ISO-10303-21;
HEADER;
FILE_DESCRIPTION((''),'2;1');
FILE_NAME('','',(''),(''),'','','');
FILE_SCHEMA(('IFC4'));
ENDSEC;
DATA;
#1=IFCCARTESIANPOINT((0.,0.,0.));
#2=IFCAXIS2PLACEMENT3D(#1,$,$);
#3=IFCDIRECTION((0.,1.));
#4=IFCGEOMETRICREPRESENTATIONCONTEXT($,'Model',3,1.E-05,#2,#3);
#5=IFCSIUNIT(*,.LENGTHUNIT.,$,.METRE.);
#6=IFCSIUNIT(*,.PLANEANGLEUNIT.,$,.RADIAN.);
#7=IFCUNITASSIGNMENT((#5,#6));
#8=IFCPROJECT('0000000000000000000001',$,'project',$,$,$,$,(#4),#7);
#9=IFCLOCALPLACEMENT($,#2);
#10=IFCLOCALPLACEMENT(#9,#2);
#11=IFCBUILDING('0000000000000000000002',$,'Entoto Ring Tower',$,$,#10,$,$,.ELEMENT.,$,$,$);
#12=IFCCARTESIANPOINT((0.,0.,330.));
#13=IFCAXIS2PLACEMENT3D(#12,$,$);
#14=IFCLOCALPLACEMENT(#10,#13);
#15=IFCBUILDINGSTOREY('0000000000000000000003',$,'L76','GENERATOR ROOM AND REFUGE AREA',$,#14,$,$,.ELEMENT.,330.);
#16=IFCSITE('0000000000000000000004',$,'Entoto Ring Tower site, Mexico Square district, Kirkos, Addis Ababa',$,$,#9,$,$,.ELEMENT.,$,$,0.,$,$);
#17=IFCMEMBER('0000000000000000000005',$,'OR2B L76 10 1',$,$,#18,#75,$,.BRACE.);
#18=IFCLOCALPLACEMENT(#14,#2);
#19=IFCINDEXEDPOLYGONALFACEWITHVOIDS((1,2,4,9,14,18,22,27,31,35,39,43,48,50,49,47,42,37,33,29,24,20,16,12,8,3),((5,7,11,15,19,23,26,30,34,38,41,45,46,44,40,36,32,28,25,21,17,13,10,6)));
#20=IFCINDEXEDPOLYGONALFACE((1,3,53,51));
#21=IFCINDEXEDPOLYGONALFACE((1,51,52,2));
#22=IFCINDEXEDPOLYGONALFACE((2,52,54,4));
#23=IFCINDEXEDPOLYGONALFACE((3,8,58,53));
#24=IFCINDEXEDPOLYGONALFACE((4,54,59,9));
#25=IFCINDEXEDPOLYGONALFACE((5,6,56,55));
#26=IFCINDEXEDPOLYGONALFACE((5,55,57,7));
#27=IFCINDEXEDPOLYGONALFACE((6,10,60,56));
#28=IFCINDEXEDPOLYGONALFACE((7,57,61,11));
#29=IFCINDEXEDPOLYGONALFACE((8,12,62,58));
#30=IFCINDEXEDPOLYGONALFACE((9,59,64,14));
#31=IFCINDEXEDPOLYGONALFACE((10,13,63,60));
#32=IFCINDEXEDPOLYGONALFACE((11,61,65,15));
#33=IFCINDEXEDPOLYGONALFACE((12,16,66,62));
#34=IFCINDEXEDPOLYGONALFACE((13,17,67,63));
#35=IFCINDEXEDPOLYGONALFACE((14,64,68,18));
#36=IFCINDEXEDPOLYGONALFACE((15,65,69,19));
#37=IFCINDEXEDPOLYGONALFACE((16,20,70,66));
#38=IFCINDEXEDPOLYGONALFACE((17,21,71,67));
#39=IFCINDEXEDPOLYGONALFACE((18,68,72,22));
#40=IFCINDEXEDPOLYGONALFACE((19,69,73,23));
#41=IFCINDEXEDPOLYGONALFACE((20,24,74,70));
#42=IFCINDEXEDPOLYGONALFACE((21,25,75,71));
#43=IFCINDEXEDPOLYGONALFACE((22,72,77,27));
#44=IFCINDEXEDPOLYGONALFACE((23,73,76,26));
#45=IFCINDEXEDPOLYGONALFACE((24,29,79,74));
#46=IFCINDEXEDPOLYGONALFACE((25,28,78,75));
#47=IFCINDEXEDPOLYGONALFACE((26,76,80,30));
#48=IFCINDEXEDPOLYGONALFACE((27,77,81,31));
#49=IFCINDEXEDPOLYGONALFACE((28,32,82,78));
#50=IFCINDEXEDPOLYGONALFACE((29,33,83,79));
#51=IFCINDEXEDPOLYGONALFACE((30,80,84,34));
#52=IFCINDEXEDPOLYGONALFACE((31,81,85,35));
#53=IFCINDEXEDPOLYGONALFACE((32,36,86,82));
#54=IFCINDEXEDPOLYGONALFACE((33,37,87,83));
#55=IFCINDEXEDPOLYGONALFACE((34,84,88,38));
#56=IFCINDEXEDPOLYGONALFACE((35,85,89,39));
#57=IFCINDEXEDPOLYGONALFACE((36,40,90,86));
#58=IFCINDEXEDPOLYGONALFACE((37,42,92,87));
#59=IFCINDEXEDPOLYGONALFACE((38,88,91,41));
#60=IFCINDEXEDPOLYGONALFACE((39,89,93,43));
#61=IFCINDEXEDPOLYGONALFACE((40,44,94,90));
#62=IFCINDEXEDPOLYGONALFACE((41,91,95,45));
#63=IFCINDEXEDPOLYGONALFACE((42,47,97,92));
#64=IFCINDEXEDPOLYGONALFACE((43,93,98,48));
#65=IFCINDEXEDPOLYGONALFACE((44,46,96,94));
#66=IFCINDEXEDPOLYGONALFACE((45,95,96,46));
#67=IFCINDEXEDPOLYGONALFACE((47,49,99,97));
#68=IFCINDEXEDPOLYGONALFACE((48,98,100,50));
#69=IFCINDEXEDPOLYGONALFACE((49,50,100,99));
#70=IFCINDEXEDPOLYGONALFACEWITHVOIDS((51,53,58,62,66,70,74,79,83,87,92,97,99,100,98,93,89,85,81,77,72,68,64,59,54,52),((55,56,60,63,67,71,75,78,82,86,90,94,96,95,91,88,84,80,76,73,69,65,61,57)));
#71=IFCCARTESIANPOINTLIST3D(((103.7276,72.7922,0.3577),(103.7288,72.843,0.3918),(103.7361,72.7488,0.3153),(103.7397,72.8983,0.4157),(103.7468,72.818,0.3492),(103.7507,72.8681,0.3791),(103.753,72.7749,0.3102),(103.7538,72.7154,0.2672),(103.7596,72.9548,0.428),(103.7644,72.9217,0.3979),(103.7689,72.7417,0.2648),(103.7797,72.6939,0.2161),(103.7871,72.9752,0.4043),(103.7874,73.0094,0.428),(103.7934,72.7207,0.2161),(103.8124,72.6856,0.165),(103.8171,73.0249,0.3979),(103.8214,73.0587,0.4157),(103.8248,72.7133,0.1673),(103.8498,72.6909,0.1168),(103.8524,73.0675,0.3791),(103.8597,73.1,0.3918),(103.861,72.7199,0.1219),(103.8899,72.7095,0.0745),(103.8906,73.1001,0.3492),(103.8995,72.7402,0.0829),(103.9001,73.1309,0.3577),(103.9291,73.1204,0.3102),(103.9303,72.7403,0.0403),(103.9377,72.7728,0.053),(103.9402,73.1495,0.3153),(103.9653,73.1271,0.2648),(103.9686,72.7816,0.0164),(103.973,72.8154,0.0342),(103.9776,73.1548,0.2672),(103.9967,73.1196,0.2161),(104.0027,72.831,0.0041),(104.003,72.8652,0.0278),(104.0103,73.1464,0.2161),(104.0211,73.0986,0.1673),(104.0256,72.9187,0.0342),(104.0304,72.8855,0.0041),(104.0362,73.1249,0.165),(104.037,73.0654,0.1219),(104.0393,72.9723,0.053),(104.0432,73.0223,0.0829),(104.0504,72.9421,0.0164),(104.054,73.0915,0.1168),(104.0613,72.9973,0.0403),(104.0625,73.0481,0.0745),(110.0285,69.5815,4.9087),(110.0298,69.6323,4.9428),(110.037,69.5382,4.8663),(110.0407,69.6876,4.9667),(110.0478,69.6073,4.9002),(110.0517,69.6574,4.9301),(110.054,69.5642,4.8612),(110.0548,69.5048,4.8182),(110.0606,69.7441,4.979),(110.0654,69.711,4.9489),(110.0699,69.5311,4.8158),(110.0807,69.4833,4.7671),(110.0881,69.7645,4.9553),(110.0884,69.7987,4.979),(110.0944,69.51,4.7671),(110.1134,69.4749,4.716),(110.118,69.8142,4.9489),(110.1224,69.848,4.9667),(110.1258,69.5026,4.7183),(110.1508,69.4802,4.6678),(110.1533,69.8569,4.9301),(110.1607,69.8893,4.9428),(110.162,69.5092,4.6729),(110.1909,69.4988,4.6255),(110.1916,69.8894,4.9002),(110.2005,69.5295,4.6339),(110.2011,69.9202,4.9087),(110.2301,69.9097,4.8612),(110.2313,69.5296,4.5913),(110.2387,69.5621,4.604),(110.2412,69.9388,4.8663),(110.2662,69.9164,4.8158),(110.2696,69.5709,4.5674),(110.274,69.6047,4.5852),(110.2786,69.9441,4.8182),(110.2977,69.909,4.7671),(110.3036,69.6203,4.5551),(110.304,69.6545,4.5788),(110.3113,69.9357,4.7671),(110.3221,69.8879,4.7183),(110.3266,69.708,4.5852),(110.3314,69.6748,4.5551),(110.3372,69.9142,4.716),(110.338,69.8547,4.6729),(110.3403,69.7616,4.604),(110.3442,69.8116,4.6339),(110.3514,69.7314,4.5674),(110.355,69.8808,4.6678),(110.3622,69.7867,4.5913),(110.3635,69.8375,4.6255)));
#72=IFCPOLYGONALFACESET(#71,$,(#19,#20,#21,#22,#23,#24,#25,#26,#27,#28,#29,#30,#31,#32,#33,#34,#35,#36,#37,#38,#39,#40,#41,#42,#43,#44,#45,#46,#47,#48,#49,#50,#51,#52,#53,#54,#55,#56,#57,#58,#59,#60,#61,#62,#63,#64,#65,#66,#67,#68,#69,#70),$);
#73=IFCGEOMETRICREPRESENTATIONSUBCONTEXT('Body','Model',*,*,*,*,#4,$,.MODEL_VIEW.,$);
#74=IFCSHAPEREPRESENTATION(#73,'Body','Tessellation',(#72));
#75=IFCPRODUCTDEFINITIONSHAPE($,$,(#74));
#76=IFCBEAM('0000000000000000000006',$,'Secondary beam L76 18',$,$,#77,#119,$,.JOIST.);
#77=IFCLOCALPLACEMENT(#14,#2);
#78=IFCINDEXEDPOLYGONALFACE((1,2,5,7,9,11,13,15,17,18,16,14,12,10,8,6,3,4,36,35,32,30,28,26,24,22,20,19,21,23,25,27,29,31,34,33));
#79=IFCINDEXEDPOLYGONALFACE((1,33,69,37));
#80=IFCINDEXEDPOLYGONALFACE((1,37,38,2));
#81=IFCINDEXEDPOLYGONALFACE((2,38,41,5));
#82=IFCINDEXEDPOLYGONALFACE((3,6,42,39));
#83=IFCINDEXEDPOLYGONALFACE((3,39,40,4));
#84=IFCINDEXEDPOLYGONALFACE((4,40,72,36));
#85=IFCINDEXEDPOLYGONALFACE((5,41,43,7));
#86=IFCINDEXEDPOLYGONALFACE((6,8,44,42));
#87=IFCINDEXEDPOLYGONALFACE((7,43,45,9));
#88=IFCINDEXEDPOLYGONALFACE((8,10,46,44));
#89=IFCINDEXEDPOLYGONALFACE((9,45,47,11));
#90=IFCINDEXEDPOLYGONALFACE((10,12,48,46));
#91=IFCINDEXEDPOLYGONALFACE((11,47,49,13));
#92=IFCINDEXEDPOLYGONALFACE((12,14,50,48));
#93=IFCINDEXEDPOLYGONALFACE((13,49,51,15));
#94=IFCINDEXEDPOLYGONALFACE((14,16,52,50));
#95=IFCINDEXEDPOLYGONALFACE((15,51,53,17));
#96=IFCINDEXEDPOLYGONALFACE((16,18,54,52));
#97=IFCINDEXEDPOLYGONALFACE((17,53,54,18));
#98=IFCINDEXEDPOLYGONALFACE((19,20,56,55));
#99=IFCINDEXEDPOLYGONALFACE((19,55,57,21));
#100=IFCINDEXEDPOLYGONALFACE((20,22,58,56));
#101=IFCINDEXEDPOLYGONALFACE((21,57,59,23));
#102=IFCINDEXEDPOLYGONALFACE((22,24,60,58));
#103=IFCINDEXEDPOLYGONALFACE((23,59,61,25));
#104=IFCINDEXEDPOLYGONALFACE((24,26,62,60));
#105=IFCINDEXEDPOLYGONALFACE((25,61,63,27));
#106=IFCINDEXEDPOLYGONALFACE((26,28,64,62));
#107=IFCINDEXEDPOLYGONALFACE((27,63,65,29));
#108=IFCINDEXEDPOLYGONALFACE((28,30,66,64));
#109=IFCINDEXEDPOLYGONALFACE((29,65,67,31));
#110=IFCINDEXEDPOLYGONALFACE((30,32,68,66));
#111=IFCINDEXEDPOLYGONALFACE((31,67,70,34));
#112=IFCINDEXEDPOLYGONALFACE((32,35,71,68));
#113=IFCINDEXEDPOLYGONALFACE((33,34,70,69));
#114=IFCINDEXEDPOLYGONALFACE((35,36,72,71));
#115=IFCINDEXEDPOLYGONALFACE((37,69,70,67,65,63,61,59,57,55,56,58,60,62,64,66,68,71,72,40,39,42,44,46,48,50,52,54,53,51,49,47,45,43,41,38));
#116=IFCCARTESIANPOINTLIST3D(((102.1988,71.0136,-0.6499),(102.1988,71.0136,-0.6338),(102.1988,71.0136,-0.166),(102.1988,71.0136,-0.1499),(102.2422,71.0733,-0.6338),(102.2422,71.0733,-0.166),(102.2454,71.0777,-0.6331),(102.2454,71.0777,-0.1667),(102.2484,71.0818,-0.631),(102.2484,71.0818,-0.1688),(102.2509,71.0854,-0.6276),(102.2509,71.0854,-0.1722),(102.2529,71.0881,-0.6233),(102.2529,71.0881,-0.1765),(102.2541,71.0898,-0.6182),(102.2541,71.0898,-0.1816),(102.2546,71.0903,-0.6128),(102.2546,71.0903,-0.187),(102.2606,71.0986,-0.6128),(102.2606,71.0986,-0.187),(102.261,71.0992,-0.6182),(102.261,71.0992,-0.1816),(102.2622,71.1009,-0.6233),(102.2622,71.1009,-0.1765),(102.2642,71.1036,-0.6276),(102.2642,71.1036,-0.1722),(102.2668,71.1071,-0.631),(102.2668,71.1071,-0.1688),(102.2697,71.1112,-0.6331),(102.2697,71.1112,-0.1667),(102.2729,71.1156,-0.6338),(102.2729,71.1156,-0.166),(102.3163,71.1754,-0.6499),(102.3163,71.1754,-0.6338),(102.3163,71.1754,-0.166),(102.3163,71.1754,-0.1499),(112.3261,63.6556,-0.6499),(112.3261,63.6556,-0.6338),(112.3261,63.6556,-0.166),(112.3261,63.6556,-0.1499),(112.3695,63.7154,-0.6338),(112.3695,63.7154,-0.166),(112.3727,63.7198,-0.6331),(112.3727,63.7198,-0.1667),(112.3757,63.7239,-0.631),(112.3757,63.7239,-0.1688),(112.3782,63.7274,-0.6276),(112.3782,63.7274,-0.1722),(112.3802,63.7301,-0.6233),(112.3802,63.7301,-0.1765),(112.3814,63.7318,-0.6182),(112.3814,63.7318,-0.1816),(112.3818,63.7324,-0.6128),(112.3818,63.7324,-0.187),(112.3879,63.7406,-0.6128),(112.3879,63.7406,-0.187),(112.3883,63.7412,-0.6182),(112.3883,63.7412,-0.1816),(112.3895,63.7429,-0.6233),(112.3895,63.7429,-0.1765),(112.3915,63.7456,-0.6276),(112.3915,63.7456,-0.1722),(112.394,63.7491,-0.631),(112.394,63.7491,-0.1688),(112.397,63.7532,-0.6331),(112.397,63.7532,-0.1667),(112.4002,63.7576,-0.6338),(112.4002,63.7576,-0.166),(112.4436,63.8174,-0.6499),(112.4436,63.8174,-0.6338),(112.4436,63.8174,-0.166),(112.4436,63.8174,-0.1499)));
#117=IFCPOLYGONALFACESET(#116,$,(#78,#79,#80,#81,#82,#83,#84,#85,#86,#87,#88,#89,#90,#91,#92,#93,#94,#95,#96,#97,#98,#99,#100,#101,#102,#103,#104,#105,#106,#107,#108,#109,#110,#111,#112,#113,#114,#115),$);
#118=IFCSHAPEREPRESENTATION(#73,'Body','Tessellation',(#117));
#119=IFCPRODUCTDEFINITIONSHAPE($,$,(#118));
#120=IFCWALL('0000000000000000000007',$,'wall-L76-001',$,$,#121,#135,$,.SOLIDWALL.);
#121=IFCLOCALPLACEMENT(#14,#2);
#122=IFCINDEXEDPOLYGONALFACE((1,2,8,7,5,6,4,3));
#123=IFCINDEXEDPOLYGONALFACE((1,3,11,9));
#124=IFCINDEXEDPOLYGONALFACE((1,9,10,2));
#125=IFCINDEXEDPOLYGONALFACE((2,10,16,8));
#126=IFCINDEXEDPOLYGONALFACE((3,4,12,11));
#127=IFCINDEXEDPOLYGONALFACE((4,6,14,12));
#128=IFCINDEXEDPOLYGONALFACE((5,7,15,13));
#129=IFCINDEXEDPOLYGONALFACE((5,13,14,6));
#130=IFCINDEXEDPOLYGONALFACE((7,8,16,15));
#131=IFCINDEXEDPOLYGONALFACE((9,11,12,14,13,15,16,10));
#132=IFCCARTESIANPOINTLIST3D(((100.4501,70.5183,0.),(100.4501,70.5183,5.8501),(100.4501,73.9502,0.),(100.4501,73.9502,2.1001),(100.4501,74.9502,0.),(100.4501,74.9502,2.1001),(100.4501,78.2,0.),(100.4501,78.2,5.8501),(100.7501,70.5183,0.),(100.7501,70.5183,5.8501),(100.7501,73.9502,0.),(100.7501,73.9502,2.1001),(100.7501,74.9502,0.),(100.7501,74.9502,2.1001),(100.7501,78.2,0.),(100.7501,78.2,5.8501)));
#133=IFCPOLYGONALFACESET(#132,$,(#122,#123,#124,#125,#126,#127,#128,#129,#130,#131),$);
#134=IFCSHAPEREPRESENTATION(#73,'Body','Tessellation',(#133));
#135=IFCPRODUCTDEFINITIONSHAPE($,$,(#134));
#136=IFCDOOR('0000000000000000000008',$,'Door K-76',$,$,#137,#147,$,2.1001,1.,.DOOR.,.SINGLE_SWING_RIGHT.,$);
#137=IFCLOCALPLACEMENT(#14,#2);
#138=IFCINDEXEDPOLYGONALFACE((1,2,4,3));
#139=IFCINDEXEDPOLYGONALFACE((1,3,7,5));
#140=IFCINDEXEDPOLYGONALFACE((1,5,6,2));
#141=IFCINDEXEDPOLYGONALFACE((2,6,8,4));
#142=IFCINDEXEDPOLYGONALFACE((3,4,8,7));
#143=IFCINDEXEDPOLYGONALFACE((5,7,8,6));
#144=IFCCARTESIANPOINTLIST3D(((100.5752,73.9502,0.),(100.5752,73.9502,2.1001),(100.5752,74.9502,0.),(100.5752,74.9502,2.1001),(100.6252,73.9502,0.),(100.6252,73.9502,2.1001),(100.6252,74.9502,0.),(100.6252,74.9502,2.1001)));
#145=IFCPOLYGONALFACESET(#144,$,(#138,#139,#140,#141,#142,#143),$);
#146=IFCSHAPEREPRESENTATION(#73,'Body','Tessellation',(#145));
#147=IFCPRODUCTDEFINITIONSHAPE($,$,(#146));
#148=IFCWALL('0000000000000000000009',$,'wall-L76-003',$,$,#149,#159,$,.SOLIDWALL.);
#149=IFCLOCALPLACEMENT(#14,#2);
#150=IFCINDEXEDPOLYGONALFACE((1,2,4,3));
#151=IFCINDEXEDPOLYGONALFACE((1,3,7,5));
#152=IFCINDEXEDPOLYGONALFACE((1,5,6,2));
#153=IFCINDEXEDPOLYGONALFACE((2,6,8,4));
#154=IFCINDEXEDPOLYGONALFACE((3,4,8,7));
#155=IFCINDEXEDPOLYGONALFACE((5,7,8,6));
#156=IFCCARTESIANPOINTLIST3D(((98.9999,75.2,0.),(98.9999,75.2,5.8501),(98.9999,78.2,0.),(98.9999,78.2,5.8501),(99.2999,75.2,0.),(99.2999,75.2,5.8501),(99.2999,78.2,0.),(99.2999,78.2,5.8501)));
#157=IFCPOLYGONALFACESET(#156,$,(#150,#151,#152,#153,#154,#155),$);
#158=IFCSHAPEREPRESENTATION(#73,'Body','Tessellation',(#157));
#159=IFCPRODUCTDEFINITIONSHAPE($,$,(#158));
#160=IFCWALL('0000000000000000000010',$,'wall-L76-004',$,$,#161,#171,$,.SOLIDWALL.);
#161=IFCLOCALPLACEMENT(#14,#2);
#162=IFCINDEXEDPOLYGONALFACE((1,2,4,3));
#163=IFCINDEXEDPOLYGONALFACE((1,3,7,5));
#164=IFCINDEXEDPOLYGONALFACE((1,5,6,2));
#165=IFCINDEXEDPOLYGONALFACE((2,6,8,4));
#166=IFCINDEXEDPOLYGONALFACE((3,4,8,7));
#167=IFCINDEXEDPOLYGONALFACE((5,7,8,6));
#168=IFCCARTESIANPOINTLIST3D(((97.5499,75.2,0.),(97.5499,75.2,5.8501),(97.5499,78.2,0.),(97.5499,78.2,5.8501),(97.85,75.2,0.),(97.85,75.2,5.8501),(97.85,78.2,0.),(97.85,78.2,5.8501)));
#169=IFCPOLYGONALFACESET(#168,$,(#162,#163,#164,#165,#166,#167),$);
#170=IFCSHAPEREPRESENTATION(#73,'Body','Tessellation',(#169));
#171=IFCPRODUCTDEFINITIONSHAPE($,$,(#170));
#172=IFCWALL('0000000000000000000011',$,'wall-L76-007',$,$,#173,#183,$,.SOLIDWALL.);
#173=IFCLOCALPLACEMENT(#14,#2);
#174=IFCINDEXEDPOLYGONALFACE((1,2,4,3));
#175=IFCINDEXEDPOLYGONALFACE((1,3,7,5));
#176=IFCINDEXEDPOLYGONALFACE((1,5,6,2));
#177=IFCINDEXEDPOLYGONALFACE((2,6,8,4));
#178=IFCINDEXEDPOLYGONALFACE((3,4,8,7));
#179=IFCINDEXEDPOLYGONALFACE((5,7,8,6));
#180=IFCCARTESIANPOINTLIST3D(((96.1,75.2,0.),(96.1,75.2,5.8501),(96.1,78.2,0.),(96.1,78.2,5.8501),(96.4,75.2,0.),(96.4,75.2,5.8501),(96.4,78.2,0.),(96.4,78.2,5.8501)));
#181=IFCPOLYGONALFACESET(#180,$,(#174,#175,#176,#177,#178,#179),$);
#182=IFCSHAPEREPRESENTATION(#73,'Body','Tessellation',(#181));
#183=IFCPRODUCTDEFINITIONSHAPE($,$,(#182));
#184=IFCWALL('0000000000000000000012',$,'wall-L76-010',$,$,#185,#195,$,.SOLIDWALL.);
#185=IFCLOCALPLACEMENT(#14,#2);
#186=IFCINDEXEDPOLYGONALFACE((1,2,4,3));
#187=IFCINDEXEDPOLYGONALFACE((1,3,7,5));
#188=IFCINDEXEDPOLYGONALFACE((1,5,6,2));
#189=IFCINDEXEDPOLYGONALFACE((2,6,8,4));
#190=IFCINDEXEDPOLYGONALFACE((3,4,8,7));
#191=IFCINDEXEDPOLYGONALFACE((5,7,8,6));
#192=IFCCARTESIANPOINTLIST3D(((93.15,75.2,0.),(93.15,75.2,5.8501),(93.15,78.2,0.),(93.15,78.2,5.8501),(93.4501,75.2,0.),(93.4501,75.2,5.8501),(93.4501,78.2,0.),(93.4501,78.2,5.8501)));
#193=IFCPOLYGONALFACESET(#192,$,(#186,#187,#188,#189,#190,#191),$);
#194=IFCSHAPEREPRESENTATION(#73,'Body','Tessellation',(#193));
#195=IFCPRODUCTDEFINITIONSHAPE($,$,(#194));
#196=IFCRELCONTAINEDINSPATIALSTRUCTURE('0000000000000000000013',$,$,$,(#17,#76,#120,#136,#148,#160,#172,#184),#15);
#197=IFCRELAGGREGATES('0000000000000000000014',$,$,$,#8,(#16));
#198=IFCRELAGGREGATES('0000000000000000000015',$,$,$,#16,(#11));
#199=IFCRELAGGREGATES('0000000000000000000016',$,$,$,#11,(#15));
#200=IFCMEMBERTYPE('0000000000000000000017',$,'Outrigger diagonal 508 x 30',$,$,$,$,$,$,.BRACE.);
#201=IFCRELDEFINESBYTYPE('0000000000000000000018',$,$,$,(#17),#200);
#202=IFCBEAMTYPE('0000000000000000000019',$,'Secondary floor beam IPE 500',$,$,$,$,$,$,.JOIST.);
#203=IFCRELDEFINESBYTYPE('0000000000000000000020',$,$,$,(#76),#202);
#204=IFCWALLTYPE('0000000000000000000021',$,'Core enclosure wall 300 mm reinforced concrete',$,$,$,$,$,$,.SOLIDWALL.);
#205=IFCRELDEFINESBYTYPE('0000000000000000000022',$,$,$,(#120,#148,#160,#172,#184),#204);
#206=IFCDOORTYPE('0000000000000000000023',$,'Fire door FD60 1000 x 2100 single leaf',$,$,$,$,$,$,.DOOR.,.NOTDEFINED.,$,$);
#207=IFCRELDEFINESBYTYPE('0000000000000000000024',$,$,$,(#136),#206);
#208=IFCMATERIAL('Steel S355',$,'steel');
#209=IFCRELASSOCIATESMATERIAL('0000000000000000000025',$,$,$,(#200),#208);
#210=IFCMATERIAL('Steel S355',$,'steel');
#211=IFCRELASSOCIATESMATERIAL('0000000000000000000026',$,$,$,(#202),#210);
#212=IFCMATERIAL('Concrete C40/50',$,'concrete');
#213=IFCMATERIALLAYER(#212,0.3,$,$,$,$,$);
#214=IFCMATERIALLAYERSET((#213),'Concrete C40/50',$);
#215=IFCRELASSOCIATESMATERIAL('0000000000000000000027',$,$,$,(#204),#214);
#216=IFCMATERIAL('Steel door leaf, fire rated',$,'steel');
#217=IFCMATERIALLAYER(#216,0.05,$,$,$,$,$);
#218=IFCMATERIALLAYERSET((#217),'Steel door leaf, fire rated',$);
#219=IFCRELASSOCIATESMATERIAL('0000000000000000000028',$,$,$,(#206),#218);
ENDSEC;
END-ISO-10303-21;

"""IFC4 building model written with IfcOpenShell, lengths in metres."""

from ifc_helpers import new_model, si_unit, direction, frame, frame_2d, origin, origin_2d, place, context, subcontext, project, spatial, rectangle, circle, hollow_circle, i_section, extrude, material, layer, layer_set, material_profile, profile_set, type_object, element, fill, save


model = new_model("IFC4")

# Units and contexts
model_context = context("Model", 3, precision=1e-05, world=origin(), true_north=direction((0.0, 1.0)))
body_context = subcontext(model_context, "Body", "Model", "MODEL_VIEW")
ifc_project = project(units=[si_unit("LENGTHUNIT", "METRE"), si_unit("PLANEANGLEUNIT", "RADIAN")], contexts=[model_context])

# Site, building, storey
site_placement = place(None, origin())
site = spatial("IfcSite", under=ifc_project, at=site_placement, Name="Entoto Ring Tower site, Mexico Square district, Kirkos, Addis Ababa", CompositionType="ELEMENT", RefElevation=0.0)
building_placement = place(site_placement, origin())
building = spatial("IfcBuilding", under=site, at=building_placement, Name="Entoto Ring Tower", CompositionType="ELEMENT")
storey_placement = place(building_placement, frame((0.0, 0.0, 330.0)))
storey = spatial("IfcBuildingStorey", under=building, at=storey_placement, Name="L76", Description="GENERATOR ROOM AND REFUGE AREA", CompositionType="ELEMENT", Elevation=330.0)

# Member
ifc_material_1 = material(Name="Steel S355", Category="steel")
ifc_material_profile_1 = material_profile(ifc_material_1, hollow_circle(Radius=0.2539, WallThickness=0.03, at=origin_2d()), Name="CHS 508 x 30")
ifc_material_2 = material(Name="Concrete C60/75", Category="concrete")
ifc_material_profile_2 = material_profile(ifc_material_2, circle(Radius=0.2241, at=origin_2d()), Name="Concrete C60/75 infill")
ifc_profile_set_1 = profile_set([ifc_material_profile_1, ifc_material_profile_2], Name="Steel S355")
member_type = type_object("IfcMemberType", Name="Outrigger diagonal 508 x 30", PredefinedType="BRACE", material=ifc_profile_set_1)
member_placement = place(storey_placement, frame((103.895, 72.9202, 0.2161), z_axis=(0.749256, -0.381784, 0.541163), x_axis=(0.454009, 0.890997, 0.0)))
element("IfcMember", 1, at=member_placement, inside=storey, type_object=member_type, Name="OR2B L76 10 1", PredefinedType="BRACE", context=body_context, shape_type="SweptSolid", body=[
    extrude(hollow_circle(Radius=0.2539, WallThickness=0.03, at=origin_2d()), origin(), (0.0, 0.0, 1.0), 8.4097),
])

# Beam
ifc_material_3 = material(Name="Steel S355", Category="steel")
ifc_material_profile_3 = material_profile(ifc_material_3, i_section(OverallWidth=0.2, OverallDepth=0.5, WebThickness=0.0103, FlangeThickness=0.0161, FilletRadius=0.021, at=origin_2d()), Name="IPE 500")
ifc_profile_set_2 = profile_set([ifc_material_profile_3], Name="Steel S355")
beam_type = type_object("IfcBeamType", Name="Secondary floor beam IPE 500", PredefinedType="JOIST", material=ifc_profile_set_2)
beam_placement = place(storey_placement, frame((102.2576, 71.0945, -0.3999), z_axis=(0.809014, -0.587789, 0.0), x_axis=(0.587789, 0.809014, 0.0)))
element("IfcBeam", 2, at=beam_placement, inside=storey, type_object=beam_type, Name="Secondary beam L76 18", PredefinedType="JOIST", context=body_context, shape_type="SweptSolid", body=[
    extrude(i_section(OverallWidth=0.2, OverallDepth=0.5, WebThickness=0.0103, FlangeThickness=0.0161, FilletRadius=0.021, at=origin_2d()), origin(), (0.0, 0.0, 1.0), 12.5181),
])

# Wall, opening, door
ifc_material_4 = material(Name="Concrete C40/50", Category="concrete")
ifc_layer_1 = layer(ifc_material_4, 0.3)
ifc_layer_set_1 = layer_set([ifc_layer_1], Name="Concrete C40/50")
wall_type = type_object("IfcWallType", Name="Core enclosure wall 300 mm reinforced concrete", PredefinedType="SOLIDWALL", material=ifc_layer_set_1)
wall_1_placement = place(storey_placement, frame((100.6001, 70.5183, 0.0), z_axis=(0.0, 0.0, 1.0), x_axis=(0.0, 1.0, 0.0)))
wall_1 = element("IfcWall", 3, at=wall_1_placement, inside=storey, type_object=wall_type, Name="wall-L76-001", PredefinedType="SOLIDWALL", context=body_context, shape_type="SweptSolid", body=[
    extrude(rectangle(XDim=7.6816, YDim=0.3, at=frame_2d((3.8408, 0.0))), origin(), (0.0, 0.0, 1.0), 5.8501),
])
opening_1_placement = place(wall_1_placement, frame((3.4319, 0.0, 0.0)))
opening_1 = element("IfcOpeningElement", 4, at=opening_1_placement, cuts=wall_1, PredefinedType="OPENING", context=body_context, shape_type="SweptSolid", body=[
    extrude(rectangle(XDim=1.0, YDim=2.1001, at=frame_2d((0.5, 1.05))), frame((0.0, 0.1602, 0.0), z_axis=(0.0, -1.0, 0.0), x_axis=(1.0, 0.0, 0.0)), (0.0, 0.0, 1.0), 0.3201),
])
ifc_material_5 = material(Name="Steel door leaf, fire rated", Category="steel")
ifc_layer_2 = layer(ifc_material_5, 0.05)
ifc_layer_set_2 = layer_set([ifc_layer_2], Name="Steel door leaf, fire rated")
door_type_1 = type_object("IfcDoorType", Name="Fire door FD60 1000 x 2100 single leaf", OperationType="NOTDEFINED", PredefinedType="DOOR", material=ifc_layer_set_2)
door_1_placement = place(opening_1_placement, origin())
door_1 = element("IfcDoor", 5, at=door_1_placement, inside=storey, type_object=door_type_1, Name="Door K-76", OperationType="SINGLE_SWING_RIGHT", OverallHeight=2.1001, OverallWidth=1.0, PredefinedType="DOOR", context=body_context, shape_type="SweptSolid", body=[
    extrude(rectangle(XDim=1.0, YDim=2.1001, at=frame_2d((0.5, 1.05))), frame((0.0, 0.0249, 0.0), z_axis=(0.0, -1.0, 0.0), x_axis=(1.0, 0.0, 0.0)), (0.0, 0.0, 1.0), 0.05),
])
fill(opening_1, door_1)

# Walls
for number, where, z_axis, x_axis, name in (
    (6, (99.1499, 75.2, 0.0), (0.0, 0.0, 1.0), (0.0, 1.0, 0.0), "wall-L76-003"),
    (7, (97.7, 75.2, 0.0), (0.0, 0.0, 1.0), (0.0, 1.0, 0.0), "wall-L76-004"),
    (8, (96.25, 75.2, 0.0), (0.0, 0.0, 1.0), (0.0, 1.0, 0.0), "wall-L76-007"),
    (9, (93.3, 75.2, 0.0), (0.0, 0.0, 1.0), (0.0, 1.0, 0.0), "wall-L76-010"),
):
    element("IfcWall", number, at=place(storey_placement, frame(where, z_axis=z_axis, x_axis=x_axis)), inside=storey, type_object=wall_type, Name=name, PredefinedType="SOLIDWALL", context=body_context, shape_type="SweptSolid", body=[
        extrude(rectangle(XDim=3.0, YDim=0.3, at=frame_2d((1.5, 0.0))), origin(), (0.0, 0.0, 1.0), 5.8501),
    ])

save(model, "model.ifc")
